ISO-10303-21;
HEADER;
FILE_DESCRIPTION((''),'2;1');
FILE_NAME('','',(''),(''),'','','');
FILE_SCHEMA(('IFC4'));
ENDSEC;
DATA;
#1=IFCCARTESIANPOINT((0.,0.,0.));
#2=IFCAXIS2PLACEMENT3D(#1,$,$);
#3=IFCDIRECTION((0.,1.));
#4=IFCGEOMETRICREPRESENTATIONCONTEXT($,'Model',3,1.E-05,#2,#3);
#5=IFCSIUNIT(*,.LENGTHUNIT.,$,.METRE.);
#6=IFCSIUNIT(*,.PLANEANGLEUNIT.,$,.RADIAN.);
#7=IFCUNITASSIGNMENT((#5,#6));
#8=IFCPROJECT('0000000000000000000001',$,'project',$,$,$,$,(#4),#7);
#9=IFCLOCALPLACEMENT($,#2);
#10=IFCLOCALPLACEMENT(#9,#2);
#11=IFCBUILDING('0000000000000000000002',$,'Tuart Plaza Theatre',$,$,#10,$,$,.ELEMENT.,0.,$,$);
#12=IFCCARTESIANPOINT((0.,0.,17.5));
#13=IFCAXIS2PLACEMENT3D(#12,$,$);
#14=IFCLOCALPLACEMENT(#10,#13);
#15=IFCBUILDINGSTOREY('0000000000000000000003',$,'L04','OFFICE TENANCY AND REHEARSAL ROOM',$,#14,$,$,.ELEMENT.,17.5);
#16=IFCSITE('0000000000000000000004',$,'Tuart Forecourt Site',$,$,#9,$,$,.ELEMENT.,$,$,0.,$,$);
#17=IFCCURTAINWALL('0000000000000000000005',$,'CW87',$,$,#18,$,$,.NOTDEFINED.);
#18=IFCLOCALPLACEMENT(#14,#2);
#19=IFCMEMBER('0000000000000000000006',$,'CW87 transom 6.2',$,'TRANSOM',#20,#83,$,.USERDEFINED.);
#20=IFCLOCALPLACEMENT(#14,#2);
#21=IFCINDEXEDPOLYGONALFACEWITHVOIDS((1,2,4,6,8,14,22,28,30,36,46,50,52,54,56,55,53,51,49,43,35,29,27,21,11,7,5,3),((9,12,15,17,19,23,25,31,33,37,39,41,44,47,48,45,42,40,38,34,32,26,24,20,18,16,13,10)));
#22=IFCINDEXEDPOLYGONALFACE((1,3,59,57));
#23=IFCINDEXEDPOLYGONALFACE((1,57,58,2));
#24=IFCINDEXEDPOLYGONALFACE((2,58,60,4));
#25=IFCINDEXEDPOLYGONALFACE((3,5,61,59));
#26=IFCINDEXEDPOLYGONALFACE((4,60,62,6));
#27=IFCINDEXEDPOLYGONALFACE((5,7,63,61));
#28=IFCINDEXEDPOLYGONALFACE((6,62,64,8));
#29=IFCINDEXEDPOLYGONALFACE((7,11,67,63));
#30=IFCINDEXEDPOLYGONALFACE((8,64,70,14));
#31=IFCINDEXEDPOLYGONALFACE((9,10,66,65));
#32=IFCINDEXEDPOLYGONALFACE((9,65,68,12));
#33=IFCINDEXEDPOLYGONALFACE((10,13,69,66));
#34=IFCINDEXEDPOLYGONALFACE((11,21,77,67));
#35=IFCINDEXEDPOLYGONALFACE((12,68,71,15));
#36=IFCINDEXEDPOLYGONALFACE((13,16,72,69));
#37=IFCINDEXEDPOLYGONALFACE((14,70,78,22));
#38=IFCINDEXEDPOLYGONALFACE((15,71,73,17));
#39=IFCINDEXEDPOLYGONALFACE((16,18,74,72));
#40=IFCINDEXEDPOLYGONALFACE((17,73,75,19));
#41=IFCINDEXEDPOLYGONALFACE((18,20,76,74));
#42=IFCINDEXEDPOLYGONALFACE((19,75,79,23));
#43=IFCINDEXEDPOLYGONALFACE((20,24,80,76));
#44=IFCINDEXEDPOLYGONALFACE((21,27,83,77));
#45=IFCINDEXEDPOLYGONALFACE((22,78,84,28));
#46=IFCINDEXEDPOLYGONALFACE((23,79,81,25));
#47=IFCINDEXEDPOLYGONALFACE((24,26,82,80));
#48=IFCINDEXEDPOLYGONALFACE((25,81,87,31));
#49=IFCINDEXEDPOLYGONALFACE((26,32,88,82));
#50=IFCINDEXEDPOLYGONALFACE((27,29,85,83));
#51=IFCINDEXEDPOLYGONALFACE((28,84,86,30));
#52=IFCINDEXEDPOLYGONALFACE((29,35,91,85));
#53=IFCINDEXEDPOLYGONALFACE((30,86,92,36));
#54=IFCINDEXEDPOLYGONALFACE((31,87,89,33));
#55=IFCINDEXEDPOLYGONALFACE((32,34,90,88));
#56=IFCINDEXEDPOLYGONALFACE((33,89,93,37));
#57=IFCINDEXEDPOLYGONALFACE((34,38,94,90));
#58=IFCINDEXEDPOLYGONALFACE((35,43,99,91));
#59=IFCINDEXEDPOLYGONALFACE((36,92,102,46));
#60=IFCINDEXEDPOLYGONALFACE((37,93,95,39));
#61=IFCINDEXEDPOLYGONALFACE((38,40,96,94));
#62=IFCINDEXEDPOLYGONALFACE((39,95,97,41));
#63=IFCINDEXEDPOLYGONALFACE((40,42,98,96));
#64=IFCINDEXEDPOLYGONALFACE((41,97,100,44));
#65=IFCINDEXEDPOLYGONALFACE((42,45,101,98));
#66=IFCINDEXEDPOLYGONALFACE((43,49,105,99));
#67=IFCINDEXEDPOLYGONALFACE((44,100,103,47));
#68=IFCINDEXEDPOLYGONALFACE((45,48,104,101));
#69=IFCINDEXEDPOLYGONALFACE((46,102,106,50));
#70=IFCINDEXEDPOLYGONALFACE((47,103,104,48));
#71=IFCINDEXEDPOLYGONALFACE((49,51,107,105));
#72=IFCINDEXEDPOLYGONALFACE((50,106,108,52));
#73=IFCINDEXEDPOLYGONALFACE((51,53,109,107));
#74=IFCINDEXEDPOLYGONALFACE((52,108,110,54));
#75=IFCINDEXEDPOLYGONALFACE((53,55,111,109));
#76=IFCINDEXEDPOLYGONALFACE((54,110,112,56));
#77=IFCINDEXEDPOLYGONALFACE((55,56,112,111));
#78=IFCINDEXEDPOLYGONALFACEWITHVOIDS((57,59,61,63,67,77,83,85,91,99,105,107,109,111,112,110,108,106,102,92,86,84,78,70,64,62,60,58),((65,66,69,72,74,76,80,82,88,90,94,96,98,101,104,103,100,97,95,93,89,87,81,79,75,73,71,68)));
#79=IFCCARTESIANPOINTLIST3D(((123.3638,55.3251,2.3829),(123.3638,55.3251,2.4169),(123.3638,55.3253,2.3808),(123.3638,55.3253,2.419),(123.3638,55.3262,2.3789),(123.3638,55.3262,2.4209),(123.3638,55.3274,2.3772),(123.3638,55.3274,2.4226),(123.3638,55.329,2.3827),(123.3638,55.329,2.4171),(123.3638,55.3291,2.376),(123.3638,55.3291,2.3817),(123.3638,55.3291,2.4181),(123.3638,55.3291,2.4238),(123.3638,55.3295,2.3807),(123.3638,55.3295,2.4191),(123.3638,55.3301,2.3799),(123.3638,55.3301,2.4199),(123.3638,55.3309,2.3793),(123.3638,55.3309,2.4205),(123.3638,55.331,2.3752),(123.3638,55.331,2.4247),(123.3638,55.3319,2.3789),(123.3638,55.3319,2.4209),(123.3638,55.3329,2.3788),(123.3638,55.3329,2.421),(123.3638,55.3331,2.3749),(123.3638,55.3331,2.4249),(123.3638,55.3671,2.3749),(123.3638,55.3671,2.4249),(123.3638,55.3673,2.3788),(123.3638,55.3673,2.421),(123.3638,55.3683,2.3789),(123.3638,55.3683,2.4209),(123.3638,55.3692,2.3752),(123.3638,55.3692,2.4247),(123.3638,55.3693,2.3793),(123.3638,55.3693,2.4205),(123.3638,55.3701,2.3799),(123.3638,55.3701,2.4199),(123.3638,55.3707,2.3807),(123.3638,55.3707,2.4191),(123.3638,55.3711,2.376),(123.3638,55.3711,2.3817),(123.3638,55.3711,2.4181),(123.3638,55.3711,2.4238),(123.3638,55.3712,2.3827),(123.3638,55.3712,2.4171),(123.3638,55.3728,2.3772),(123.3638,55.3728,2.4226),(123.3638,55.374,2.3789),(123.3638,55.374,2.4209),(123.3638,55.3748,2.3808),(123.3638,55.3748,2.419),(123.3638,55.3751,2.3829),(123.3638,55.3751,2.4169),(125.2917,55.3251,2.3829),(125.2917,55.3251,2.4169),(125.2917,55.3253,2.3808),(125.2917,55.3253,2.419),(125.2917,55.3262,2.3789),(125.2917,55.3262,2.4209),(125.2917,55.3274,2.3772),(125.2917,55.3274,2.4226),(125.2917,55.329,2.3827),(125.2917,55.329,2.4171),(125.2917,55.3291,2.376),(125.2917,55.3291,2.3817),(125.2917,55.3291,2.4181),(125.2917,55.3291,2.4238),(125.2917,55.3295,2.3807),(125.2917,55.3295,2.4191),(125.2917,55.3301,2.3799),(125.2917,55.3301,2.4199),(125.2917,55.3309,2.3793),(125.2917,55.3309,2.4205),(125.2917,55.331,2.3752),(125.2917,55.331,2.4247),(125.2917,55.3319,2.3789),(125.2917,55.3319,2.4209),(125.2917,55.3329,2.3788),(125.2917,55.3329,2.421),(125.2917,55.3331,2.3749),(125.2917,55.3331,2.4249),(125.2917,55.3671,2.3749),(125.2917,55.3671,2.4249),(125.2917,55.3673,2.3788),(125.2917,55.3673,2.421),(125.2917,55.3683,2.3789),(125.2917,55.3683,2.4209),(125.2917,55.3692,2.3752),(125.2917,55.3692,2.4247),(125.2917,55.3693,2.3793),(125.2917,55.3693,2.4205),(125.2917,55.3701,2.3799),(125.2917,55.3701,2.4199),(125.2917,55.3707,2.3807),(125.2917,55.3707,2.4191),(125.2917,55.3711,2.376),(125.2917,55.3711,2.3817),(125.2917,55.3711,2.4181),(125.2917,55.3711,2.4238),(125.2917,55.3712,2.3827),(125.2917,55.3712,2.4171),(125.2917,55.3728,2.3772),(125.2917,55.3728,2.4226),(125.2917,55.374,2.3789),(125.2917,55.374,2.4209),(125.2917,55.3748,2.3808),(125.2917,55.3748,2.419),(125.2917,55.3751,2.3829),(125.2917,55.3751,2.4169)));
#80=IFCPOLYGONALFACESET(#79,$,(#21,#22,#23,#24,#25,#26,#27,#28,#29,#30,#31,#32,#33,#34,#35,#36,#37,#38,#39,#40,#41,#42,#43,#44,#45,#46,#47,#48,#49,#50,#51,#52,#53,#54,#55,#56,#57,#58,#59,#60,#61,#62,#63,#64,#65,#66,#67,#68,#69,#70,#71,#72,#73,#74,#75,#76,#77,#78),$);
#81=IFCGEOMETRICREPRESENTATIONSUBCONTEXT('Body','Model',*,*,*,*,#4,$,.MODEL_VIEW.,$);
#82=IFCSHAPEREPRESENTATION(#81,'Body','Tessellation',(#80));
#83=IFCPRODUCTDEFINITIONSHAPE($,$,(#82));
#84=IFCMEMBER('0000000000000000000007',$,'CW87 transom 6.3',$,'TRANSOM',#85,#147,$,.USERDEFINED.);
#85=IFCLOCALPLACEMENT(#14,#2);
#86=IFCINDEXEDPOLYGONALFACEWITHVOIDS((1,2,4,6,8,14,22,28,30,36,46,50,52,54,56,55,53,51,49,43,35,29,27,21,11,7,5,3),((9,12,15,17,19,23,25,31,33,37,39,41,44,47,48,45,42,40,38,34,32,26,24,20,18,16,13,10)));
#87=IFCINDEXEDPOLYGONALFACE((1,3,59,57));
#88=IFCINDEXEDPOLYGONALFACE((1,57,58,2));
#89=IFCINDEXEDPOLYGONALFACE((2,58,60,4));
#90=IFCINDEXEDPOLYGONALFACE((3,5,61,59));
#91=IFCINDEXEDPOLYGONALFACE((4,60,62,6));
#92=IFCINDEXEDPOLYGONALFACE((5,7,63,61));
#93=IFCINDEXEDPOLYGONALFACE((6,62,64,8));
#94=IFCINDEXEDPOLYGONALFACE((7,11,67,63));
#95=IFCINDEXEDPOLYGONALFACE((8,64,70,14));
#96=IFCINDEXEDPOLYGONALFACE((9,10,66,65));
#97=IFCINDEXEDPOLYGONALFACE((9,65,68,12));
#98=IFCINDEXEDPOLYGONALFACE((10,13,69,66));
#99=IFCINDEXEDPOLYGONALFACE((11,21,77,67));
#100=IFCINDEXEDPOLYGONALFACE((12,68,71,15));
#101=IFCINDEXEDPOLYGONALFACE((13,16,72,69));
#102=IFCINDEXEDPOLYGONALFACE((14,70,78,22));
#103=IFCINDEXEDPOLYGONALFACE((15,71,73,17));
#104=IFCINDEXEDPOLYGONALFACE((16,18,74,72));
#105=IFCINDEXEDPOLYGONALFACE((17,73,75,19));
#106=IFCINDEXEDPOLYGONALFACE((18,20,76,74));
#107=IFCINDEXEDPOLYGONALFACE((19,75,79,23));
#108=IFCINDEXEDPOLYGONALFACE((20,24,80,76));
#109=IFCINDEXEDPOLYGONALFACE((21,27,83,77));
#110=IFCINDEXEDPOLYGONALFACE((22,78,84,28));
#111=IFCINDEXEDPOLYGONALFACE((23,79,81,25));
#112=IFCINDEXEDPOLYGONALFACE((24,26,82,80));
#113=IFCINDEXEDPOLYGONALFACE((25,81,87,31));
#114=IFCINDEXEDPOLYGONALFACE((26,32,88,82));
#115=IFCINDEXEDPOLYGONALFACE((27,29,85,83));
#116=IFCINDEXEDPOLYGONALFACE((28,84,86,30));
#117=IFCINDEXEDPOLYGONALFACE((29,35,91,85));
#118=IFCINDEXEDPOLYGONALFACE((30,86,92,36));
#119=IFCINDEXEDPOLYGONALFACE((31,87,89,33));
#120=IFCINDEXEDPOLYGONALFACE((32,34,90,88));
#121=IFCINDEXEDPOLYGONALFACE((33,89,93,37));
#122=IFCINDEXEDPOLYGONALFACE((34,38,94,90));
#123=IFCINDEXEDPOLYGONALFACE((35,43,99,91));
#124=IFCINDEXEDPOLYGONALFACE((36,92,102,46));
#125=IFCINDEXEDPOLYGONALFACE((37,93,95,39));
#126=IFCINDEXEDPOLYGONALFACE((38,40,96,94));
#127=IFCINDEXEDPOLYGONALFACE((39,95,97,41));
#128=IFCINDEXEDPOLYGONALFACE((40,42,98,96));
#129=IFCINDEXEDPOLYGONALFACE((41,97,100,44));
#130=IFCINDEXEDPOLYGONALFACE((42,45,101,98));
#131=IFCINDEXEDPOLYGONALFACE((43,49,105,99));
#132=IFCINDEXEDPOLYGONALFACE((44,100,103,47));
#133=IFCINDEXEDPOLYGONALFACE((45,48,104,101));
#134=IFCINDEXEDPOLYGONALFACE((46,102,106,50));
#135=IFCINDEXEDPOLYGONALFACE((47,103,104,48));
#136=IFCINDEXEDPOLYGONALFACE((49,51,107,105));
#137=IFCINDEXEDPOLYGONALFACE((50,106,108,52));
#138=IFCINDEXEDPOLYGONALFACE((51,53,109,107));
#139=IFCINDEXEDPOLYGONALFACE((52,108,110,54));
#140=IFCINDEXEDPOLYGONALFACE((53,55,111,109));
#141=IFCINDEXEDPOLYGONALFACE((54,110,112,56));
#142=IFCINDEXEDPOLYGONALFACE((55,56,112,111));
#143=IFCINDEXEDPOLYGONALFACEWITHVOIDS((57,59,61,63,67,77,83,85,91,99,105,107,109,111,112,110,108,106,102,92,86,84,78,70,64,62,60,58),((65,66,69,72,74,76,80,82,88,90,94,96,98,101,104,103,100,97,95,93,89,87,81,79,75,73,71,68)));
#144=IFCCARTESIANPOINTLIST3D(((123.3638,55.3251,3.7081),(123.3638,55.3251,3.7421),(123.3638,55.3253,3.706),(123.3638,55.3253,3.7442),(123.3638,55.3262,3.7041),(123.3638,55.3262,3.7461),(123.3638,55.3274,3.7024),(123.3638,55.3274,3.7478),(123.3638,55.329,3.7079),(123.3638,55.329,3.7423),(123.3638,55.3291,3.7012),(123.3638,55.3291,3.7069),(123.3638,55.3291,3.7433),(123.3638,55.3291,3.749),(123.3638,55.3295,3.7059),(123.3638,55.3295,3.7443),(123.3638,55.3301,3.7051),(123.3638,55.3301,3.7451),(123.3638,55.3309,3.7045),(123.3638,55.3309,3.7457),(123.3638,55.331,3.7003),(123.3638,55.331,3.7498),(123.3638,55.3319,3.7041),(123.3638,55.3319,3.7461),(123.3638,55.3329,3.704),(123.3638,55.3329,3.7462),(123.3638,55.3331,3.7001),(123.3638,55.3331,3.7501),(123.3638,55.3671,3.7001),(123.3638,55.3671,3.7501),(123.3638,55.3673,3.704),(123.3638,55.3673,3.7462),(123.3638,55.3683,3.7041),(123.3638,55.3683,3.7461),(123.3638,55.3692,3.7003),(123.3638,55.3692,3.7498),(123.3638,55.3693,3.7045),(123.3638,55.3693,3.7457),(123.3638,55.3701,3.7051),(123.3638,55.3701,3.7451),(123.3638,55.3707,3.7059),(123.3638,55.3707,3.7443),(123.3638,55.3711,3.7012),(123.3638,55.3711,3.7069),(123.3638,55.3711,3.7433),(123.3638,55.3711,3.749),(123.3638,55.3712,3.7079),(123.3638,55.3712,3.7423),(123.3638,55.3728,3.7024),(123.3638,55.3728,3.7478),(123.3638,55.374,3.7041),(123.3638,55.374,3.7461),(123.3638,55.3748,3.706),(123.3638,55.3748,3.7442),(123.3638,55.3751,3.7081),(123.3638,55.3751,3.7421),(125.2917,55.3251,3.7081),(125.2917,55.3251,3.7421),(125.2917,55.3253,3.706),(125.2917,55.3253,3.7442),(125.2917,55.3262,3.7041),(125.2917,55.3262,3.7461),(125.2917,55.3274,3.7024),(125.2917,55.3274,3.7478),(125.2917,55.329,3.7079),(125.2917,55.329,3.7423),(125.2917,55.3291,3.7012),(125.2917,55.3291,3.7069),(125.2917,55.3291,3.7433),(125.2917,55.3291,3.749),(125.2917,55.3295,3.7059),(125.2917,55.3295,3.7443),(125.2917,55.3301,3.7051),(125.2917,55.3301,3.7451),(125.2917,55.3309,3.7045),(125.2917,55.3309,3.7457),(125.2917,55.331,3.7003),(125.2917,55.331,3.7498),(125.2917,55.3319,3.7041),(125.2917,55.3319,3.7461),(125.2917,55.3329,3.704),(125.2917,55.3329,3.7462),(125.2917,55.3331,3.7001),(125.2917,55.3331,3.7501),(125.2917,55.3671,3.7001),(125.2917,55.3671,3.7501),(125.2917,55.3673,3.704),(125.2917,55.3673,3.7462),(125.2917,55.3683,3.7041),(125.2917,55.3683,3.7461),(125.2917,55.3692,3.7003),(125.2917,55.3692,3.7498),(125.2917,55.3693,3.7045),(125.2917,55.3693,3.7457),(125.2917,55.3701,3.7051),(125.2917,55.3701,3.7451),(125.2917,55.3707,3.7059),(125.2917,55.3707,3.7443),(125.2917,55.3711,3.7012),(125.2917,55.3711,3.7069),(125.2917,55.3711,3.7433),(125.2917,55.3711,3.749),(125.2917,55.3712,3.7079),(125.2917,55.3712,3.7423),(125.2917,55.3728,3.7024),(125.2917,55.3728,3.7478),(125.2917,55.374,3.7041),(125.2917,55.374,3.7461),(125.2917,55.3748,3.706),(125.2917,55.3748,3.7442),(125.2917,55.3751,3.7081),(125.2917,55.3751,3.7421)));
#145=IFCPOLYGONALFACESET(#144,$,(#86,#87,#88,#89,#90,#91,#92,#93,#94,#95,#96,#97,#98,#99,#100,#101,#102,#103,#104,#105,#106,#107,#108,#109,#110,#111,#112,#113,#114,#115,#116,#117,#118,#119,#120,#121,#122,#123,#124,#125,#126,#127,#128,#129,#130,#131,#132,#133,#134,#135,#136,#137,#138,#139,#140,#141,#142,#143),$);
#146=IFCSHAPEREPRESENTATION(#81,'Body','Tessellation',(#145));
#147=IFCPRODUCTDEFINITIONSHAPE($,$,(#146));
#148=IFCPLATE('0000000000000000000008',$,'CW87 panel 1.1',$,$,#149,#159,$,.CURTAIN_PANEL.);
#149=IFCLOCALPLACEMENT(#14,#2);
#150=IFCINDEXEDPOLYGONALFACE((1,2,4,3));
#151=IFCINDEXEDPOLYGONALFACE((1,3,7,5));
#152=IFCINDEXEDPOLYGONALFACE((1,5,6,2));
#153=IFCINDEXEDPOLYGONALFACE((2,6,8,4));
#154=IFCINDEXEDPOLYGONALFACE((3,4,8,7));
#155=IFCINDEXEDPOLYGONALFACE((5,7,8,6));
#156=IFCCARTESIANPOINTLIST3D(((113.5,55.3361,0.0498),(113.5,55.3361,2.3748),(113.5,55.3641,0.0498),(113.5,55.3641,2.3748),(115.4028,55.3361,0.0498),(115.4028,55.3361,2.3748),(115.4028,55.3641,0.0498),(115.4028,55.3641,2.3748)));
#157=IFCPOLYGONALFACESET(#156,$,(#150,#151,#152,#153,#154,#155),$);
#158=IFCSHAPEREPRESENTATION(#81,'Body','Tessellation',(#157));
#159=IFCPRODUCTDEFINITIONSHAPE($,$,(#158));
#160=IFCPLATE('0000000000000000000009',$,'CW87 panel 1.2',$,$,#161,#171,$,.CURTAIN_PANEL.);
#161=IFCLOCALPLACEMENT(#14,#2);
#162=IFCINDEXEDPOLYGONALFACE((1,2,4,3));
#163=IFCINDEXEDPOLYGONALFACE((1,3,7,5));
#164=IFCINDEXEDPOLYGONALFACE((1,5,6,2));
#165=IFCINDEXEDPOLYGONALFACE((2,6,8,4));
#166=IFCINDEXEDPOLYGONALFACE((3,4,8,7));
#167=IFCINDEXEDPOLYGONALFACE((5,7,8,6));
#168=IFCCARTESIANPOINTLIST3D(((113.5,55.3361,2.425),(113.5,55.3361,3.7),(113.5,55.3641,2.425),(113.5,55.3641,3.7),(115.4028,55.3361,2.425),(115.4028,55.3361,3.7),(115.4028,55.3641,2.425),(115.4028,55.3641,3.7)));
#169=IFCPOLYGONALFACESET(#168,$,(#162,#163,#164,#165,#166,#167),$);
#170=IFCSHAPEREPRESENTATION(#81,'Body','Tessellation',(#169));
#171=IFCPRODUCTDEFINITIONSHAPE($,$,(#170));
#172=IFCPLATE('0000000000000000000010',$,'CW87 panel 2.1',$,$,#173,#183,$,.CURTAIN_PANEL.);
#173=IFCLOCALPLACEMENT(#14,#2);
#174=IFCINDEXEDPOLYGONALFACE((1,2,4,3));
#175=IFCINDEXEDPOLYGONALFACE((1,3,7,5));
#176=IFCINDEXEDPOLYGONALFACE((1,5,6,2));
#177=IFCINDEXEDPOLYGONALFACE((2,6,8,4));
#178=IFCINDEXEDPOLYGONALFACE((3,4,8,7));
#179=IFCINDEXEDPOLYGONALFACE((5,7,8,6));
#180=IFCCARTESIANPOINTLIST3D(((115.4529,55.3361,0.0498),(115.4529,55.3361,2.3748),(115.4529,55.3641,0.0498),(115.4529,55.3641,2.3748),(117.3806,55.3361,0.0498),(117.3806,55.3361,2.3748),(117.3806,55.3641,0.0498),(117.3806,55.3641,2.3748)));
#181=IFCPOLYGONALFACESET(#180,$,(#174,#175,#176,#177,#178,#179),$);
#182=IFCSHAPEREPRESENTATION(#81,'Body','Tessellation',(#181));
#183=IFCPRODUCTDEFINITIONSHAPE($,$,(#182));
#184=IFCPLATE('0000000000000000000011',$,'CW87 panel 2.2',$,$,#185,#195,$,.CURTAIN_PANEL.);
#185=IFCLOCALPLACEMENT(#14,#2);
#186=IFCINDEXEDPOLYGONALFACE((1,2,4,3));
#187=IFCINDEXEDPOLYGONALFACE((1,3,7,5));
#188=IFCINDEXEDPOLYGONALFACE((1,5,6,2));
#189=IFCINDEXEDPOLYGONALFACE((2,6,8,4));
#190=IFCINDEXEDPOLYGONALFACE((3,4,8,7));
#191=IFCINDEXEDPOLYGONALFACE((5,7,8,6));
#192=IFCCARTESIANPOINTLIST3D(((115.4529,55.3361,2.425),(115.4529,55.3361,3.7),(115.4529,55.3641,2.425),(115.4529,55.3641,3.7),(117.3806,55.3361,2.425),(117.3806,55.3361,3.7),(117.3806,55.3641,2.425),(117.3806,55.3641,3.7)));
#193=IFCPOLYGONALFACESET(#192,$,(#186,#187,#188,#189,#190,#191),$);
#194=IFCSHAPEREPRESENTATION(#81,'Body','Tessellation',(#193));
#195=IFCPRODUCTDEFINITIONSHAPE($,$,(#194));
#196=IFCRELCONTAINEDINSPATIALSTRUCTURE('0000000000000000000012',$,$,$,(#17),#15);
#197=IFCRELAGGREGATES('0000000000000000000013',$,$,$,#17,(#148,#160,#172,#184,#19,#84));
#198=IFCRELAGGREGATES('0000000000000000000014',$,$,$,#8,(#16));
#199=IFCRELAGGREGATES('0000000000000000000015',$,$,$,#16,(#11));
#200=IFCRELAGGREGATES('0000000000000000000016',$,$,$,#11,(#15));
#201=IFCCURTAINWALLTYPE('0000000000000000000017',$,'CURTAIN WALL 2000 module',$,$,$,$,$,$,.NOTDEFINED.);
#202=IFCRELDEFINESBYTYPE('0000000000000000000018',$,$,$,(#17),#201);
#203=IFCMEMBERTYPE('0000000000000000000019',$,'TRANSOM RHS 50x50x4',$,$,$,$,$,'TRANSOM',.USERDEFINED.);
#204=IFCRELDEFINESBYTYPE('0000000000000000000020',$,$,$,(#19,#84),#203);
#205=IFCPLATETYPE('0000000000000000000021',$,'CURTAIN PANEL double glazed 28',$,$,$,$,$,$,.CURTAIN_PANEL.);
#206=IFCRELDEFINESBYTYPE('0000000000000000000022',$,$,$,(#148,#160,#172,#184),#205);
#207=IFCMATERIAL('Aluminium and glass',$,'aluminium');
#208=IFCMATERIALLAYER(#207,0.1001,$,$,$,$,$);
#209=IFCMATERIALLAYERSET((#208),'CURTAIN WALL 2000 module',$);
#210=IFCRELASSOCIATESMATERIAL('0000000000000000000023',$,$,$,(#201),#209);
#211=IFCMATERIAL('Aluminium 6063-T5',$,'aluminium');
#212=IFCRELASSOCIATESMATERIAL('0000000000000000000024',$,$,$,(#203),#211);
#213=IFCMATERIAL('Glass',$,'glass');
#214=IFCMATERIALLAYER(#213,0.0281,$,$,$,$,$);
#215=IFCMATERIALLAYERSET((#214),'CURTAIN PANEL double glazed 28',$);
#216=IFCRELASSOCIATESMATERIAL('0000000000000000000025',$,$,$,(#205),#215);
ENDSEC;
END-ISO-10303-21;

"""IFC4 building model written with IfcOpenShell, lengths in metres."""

from ifc_helpers import new_model, si_unit, direction, frame, origin, origin_2d, place, context, subcontext, project, spatial, rectangle, hollow_rectangle, extrude, material, layer, layer_set, material_profile, profile_set, type_object, element, aggregate, save


model = new_model("IFC4")

# Units and contexts
model_context = context("Model", 3, precision=1e-05, world=origin(), true_north=direction((0.0, 1.0)))
body_context = subcontext(model_context, "Body", "Model", "MODEL_VIEW")
ifc_project = project(units=[si_unit("LENGTHUNIT", "METRE"), si_unit("PLANEANGLEUNIT", "RADIAN")], contexts=[model_context])

# Site, building, storey
site_placement = place(None, origin())
site = spatial("IfcSite", under=ifc_project, at=site_placement, Name="Tuart Forecourt Site", CompositionType="ELEMENT", RefElevation=0.0)
building_placement = place(site_placement, origin())
building = spatial("IfcBuilding", under=site, at=building_placement, Name="Tuart Plaza Theatre", CompositionType="ELEMENT", ElevationOfRefHeight=0.0)
storey_placement = place(building_placement, frame((0.0, 0.0, 17.5)))
storey = spatial("IfcBuildingStorey", under=building, at=storey_placement, Name="L04", Description="OFFICE TENANCY AND REHEARSAL ROOM", CompositionType="ELEMENT", Elevation=17.5)

# Curtain wall, members, plates
ifc_material_1 = material(Name="Aluminium and glass", Category="aluminium")
ifc_layer_1 = layer(ifc_material_1, 0.1001)
ifc_layer_set_1 = layer_set([ifc_layer_1], Name="CURTAIN WALL 2000 module")
curtain_wall_type = type_object("IfcCurtainWallType", Name="CURTAIN WALL 2000 module", PredefinedType="NOTDEFINED", material=ifc_layer_set_1)
curtain_wall_placement = place(storey_placement, origin())
curtain_wall = element("IfcCurtainWall", 1, at=curtain_wall_placement, inside=storey, type_object=curtain_wall_type, Name="CW87", PredefinedType="NOTDEFINED")
ifc_material_2 = material(Name="Aluminium 6063-T5", Category="aluminium")
ifc_material_profile_1 = material_profile(ifc_material_2, hollow_rectangle(XDim=0.05, YDim=0.05, WallThickness=0.0039, InnerFilletRadius=0.0039, OuterFilletRadius=0.0081, at=origin_2d()), Name="RHS 50x50x4")
ifc_profile_set_1 = profile_set([ifc_material_profile_1], Name="Aluminium 6063-T5")
member_type_1 = type_object("IfcMemberType", Name="TRANSOM RHS 50x50x4", ElementType="TRANSOM", PredefinedType="USERDEFINED", material=ifc_profile_set_1)
member_1_placement = place(storey_placement, frame((123.3638, 55.3501, 2.3999), z_axis=(1.0, 0.0, 0.0), x_axis=(0.0, 1.0, 0.0)))
member_1 = element("IfcMember", 2, at=member_1_placement, type_object=member_type_1, Name="CW87 transom 6.2", ObjectType="TRANSOM", PredefinedType="USERDEFINED", context=body_context, shape_type="SweptSolid", body=[
    extrude(hollow_rectangle(XDim=0.05, YDim=0.05, WallThickness=0.0039, InnerFilletRadius=0.0039, OuterFilletRadius=0.0081, at=origin_2d()), origin(), (0.0, 0.0, 1.0), 1.928),
])
member_2_placement = place(storey_placement, frame((123.3638, 55.3501, 3.7251), z_axis=(1.0, 0.0, 0.0), x_axis=(0.0, 1.0, 0.0)))
member_2 = element("IfcMember", 3, at=member_2_placement, type_object=member_type_1, Name="CW87 transom 6.3", ObjectType="TRANSOM", PredefinedType="USERDEFINED", context=body_context, shape_type="SweptSolid", body=[
    extrude(hollow_rectangle(XDim=0.05, YDim=0.05, WallThickness=0.0039, InnerFilletRadius=0.0039, OuterFilletRadius=0.0081, at=origin_2d()), origin(), (0.0, 0.0, 1.0), 1.928),
])
ifc_material_3 = material(Name="Glass", Category="glass")
ifc_layer_2 = layer(ifc_material_3, 0.0281)
ifc_layer_set_2 = layer_set([ifc_layer_2], Name="CURTAIN PANEL double glazed 28")
plate_type = type_object("IfcPlateType", Name="CURTAIN PANEL double glazed 28", PredefinedType="CURTAIN_PANEL", material=ifc_layer_set_2)
plate_1_placement = place(storey_placement, frame((114.4514, 55.3501, 0.0498), z_axis=(0.0, 0.0, 1.0), x_axis=(1.0, 0.0, 0.0)))
plate_1 = element("IfcPlate", 4, at=plate_1_placement, type_object=plate_type, Name="CW87 panel 1.1", PredefinedType="CURTAIN_PANEL", context=body_context, shape_type="SweptSolid", body=[
    extrude(rectangle(XDim=1.9028, YDim=0.0281, at=origin_2d()), origin(), (0.0, 0.0, 1.0), 2.325),
])
plate_2_placement = place(storey_placement, frame((114.4514, 55.3501, 2.425), z_axis=(0.0, 0.0, 1.0), x_axis=(1.0, 0.0, 0.0)))
plate_2 = element("IfcPlate", 5, at=plate_2_placement, type_object=plate_type, Name="CW87 panel 1.2", PredefinedType="CURTAIN_PANEL", context=body_context, shape_type="SweptSolid", body=[
    extrude(rectangle(XDim=1.9028, YDim=0.0281, at=origin_2d()), origin(), (0.0, 0.0, 1.0), 1.2749),
])
plate_3_placement = place(storey_placement, frame((116.4167, 55.3501, 0.0498), z_axis=(0.0, 0.0, 1.0), x_axis=(1.0, 0.0, 0.0)))
plate_3 = element("IfcPlate", 6, at=plate_3_placement, type_object=plate_type, Name="CW87 panel 2.1", PredefinedType="CURTAIN_PANEL", context=body_context, shape_type="SweptSolid", body=[
    extrude(rectangle(XDim=1.9277, YDim=0.0281, at=origin_2d()), origin(), (0.0, 0.0, 1.0), 2.325),
])
plate_4_placement = place(storey_placement, frame((116.4167, 55.3501, 2.425), z_axis=(0.0, 0.0, 1.0), x_axis=(1.0, 0.0, 0.0)))
plate_4 = element("IfcPlate", 7, at=plate_4_placement, type_object=plate_type, Name="CW87 panel 2.2", PredefinedType="CURTAIN_PANEL", context=body_context, shape_type="SweptSolid", body=[
    extrude(rectangle(XDim=1.9277, YDim=0.0281, at=origin_2d()), origin(), (0.0, 0.0, 1.0), 1.2749),
])
aggregate(curtain_wall, [plate_1, plate_2, plate_3, plate_4, member_1, member_2])

save(model, "model.ifc")
